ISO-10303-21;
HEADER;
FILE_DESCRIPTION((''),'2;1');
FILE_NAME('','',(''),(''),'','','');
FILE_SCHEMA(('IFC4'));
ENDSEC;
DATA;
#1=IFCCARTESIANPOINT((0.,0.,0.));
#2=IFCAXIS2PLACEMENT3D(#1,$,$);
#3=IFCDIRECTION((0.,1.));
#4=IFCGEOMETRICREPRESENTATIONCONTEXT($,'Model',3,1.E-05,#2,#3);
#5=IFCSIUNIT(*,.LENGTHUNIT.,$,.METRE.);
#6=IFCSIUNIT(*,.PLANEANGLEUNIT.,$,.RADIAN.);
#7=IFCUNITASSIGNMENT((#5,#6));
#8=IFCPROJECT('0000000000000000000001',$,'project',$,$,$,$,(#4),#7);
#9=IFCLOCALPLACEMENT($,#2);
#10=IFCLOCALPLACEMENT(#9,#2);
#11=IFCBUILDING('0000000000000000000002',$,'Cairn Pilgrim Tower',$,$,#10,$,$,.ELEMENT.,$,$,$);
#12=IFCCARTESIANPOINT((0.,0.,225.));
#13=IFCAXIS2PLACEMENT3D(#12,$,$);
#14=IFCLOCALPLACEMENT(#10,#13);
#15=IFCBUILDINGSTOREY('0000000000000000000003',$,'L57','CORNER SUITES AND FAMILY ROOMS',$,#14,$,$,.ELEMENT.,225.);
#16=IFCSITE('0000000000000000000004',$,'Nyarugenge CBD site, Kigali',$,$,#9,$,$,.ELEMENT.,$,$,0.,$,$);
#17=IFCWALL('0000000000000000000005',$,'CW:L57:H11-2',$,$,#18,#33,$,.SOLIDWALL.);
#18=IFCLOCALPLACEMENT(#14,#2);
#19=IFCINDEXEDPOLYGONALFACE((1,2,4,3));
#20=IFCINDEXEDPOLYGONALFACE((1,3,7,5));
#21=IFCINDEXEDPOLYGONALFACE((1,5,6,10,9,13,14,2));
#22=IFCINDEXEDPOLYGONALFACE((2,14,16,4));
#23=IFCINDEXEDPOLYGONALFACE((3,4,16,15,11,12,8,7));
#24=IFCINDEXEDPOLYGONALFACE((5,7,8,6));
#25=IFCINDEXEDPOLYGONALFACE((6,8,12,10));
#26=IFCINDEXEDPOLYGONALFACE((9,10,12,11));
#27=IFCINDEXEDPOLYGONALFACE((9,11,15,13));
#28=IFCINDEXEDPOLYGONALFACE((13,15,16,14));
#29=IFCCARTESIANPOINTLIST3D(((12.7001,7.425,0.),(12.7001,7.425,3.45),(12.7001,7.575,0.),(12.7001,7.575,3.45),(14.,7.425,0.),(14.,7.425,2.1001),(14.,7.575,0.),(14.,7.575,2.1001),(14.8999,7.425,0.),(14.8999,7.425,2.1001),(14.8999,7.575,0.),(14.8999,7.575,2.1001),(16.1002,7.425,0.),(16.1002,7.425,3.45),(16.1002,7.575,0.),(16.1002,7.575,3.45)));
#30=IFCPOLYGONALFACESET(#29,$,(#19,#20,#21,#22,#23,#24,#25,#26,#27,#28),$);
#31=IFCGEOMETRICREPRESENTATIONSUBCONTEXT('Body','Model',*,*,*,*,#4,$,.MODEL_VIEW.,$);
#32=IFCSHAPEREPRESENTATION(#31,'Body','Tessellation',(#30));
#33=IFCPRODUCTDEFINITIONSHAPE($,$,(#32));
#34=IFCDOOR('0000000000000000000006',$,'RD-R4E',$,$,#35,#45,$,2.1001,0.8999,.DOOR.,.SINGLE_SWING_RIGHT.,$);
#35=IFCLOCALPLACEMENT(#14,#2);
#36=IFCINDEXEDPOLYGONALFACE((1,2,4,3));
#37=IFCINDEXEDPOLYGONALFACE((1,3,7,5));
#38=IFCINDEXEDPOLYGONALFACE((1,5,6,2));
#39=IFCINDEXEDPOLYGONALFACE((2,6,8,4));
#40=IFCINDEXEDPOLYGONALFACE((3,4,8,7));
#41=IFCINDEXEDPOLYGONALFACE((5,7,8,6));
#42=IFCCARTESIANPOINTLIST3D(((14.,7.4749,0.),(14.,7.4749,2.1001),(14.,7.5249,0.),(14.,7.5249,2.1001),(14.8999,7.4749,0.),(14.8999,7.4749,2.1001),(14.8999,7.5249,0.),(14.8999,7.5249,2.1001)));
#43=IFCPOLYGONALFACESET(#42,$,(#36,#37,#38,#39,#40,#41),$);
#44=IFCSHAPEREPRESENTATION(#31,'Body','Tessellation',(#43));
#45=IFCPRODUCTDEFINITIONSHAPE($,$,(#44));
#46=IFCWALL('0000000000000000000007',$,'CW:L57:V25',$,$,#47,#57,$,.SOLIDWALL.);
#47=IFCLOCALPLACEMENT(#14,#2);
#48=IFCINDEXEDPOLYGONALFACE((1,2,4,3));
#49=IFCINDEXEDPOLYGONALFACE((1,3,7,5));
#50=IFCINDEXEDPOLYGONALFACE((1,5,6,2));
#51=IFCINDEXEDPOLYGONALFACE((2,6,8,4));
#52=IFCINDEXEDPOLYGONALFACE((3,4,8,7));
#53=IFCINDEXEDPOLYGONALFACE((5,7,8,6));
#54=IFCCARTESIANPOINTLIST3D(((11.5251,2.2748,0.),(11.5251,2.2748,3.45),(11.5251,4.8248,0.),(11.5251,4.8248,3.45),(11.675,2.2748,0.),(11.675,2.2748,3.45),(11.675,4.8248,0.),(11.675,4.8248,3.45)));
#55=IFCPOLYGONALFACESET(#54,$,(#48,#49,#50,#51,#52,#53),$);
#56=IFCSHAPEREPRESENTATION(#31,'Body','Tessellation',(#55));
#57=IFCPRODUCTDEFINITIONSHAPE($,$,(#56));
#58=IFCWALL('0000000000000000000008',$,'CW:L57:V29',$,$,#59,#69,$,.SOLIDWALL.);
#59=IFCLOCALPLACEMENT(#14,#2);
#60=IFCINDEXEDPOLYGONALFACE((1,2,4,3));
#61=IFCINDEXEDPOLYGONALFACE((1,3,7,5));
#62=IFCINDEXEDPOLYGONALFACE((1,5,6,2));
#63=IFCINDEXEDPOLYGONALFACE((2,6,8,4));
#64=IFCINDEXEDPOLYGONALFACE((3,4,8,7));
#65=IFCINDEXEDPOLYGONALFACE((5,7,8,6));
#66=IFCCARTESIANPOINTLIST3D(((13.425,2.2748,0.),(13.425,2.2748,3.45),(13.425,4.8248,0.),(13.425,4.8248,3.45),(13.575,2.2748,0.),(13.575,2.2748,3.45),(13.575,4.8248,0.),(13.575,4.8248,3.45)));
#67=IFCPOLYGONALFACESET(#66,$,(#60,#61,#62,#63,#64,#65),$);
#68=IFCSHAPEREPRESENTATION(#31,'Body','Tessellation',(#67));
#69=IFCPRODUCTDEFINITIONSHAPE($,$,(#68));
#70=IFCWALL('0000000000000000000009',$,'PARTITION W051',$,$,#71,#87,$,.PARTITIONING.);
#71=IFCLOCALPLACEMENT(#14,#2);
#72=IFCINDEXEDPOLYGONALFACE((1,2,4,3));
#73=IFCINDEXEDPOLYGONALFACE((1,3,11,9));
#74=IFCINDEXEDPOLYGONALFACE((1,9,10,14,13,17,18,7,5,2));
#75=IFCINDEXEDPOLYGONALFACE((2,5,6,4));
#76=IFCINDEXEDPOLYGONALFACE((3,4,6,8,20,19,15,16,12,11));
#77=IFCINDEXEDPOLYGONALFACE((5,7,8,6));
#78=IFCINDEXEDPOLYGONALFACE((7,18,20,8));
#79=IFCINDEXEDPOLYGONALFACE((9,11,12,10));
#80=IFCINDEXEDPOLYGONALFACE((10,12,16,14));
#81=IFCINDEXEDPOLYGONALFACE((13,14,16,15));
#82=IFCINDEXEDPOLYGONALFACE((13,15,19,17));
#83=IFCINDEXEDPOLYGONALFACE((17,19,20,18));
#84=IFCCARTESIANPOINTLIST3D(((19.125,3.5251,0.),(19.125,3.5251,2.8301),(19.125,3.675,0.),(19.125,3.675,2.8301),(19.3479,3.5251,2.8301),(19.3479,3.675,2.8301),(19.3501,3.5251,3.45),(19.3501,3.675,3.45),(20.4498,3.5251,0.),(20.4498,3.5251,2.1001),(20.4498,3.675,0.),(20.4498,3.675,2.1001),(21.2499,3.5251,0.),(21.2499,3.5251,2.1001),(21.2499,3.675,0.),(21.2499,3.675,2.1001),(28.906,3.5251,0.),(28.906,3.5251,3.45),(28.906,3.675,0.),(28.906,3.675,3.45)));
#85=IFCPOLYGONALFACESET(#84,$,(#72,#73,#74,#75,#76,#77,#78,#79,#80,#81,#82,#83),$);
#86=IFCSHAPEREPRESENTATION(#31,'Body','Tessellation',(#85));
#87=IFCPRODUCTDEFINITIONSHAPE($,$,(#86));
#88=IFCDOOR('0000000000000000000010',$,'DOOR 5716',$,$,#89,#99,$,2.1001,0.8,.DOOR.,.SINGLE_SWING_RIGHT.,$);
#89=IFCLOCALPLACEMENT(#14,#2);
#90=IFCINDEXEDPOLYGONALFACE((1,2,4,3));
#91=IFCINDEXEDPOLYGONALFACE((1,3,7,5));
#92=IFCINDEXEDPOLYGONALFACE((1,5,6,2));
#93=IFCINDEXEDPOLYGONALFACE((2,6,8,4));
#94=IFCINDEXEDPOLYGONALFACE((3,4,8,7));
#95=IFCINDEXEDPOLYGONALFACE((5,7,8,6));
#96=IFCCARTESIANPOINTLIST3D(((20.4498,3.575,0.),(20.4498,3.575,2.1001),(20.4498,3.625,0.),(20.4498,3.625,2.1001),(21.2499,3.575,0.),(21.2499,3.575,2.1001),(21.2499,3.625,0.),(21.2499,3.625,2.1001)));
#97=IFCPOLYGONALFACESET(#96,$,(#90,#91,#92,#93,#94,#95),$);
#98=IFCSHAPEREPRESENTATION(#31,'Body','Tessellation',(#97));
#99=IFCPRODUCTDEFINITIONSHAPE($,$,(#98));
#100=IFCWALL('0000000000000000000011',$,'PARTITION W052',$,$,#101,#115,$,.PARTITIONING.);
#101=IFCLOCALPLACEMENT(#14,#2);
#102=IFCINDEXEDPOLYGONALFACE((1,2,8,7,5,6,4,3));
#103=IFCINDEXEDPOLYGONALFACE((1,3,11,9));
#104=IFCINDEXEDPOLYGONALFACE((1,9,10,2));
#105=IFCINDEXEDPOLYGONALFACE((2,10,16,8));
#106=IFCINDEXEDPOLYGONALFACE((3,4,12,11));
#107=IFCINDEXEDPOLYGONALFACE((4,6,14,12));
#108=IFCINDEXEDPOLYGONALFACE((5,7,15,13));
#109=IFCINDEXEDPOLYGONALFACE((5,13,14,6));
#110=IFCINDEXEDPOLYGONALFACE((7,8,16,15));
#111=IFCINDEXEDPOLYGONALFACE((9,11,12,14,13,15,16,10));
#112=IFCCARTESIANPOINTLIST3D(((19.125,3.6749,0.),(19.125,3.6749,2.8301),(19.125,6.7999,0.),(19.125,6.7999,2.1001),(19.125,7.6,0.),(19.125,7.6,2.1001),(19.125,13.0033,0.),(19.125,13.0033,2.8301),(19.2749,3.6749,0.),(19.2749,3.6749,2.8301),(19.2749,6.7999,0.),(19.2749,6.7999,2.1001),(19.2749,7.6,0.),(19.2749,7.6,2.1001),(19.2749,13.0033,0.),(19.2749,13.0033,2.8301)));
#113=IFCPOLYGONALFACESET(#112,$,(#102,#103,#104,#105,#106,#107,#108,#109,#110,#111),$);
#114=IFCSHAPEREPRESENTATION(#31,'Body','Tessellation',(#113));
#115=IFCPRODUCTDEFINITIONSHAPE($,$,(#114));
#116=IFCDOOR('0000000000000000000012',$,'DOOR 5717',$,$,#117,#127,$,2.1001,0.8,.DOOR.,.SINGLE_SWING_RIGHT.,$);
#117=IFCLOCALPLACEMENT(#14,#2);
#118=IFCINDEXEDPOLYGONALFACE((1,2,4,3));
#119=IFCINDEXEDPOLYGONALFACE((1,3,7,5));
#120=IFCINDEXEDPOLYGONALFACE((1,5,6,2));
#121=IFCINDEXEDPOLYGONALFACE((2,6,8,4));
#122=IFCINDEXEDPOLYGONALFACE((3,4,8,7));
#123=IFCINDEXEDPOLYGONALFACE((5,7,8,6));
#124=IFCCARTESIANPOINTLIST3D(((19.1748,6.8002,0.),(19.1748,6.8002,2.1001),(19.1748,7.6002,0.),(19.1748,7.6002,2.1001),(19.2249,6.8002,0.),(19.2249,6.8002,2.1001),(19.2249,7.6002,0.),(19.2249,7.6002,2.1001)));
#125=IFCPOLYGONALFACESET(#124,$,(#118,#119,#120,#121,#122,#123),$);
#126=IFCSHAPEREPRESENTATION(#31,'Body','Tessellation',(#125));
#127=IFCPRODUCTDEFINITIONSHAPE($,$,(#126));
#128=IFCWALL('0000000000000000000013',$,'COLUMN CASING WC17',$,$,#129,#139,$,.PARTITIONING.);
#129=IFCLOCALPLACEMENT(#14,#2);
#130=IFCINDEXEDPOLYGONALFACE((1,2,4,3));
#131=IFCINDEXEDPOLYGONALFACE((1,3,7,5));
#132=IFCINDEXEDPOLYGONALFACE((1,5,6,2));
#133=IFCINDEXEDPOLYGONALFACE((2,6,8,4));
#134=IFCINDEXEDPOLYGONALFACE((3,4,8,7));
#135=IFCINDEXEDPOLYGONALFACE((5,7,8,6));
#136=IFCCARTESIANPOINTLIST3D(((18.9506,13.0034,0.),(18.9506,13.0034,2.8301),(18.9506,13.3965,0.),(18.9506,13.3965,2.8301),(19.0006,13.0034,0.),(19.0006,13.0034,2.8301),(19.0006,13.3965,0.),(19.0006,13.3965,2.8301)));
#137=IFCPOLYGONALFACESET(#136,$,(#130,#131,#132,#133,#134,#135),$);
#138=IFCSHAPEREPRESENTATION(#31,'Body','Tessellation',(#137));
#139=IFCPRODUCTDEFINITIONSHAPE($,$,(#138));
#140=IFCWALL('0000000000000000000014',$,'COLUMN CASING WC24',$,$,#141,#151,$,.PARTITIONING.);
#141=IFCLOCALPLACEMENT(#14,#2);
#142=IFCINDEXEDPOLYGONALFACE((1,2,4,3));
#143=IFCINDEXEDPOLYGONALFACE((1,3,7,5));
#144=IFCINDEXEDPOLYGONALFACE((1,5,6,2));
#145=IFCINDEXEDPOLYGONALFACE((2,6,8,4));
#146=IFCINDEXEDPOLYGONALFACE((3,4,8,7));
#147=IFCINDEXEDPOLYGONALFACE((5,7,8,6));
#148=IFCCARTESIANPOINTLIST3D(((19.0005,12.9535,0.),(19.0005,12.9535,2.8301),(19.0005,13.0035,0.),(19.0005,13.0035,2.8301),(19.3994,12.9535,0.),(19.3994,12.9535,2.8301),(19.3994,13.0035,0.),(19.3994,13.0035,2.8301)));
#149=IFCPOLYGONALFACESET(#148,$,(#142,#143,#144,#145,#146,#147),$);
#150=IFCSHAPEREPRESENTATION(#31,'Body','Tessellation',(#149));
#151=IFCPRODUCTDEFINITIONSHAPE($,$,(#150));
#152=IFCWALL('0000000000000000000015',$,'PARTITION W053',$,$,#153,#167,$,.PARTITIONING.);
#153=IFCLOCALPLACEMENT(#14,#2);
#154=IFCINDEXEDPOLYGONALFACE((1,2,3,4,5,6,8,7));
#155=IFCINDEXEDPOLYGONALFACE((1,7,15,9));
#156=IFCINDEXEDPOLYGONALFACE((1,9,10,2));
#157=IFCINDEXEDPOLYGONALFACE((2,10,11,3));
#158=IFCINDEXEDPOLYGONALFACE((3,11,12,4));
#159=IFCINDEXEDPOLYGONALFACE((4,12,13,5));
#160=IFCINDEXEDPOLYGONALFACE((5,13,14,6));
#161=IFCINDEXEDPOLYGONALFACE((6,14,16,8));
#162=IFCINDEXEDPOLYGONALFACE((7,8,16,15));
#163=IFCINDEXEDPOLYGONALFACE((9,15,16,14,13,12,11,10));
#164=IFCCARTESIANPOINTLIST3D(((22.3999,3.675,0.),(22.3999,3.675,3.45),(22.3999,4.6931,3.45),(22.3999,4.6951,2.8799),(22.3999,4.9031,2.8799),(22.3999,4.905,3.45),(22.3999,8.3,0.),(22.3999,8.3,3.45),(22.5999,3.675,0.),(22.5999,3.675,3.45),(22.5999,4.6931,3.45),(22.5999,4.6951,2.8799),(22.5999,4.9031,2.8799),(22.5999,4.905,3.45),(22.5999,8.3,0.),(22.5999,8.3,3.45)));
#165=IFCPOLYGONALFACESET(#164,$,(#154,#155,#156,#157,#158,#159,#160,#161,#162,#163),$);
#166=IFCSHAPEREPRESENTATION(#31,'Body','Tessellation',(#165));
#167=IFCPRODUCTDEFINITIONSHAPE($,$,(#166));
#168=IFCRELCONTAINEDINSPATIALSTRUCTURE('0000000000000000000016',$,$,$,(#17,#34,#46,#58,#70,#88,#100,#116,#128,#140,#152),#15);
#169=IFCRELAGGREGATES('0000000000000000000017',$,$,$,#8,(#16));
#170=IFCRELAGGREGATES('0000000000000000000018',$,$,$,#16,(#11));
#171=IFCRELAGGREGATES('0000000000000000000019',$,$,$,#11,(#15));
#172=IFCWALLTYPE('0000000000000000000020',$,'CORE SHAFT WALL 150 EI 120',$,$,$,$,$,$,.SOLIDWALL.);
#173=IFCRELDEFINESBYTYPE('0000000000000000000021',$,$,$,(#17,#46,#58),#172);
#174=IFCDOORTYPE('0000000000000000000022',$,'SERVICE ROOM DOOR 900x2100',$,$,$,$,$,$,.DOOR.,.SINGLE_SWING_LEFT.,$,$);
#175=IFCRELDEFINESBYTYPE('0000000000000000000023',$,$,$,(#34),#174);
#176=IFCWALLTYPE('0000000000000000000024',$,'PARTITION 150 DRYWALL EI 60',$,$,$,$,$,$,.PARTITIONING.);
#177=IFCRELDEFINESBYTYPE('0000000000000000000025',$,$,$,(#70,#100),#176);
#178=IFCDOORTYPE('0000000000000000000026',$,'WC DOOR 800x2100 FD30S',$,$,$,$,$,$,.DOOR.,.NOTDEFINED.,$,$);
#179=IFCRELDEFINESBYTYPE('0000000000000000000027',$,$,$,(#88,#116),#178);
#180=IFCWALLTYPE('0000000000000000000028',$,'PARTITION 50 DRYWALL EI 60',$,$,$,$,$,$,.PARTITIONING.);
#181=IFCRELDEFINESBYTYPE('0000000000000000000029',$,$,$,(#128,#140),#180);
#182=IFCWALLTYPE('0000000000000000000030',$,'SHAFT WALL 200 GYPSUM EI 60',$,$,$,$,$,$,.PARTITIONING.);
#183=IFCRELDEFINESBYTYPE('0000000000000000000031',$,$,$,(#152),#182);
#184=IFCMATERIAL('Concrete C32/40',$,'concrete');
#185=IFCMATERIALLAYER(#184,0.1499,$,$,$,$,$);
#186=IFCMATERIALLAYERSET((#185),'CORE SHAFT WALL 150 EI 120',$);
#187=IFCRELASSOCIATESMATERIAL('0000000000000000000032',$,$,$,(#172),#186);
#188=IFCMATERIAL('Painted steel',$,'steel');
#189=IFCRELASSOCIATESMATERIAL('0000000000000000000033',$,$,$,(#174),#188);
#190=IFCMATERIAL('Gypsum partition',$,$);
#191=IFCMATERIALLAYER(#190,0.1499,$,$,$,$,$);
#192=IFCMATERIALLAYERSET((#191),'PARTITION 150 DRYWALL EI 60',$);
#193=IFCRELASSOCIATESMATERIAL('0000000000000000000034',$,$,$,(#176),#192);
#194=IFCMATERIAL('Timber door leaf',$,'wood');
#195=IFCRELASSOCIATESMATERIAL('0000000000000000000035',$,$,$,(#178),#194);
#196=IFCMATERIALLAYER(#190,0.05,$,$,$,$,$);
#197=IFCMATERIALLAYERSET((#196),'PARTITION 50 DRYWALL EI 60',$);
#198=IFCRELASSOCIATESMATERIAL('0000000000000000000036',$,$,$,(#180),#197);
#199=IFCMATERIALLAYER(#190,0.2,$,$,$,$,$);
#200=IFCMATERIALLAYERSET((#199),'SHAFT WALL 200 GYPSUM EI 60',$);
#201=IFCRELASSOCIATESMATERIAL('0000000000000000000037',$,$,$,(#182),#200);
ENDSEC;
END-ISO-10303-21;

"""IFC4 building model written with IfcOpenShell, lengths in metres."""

from ifc_helpers import new_model, si_unit, direction, frame, frame_2d, origin, place, context, subcontext, project, spatial, polyline, rectangle, outline, extrude, material, layer, layer_set, type_object, element, fill, save


model = new_model("IFC4")

# Units and contexts
model_context = context("Model", 3, precision=1e-05, world=origin(), true_north=direction((0.0, 1.0)))
body_context = subcontext(model_context, "Body", "Model", "MODEL_VIEW")
ifc_project = project(units=[si_unit("LENGTHUNIT", "METRE"), si_unit("PLANEANGLEUNIT", "RADIAN")], contexts=[model_context])

# Site, building, storey
site_placement = place(None, origin())
site = spatial("IfcSite", under=ifc_project, at=site_placement, Name="Nyarugenge CBD site, Kigali", CompositionType="ELEMENT", RefElevation=0.0)
building_placement = place(site_placement, origin())
building = spatial("IfcBuilding", under=site, at=building_placement, Name="Cairn Pilgrim Tower", CompositionType="ELEMENT")
storey_placement = place(building_placement, frame((0.0, 0.0, 225.0)))
storey = spatial("IfcBuildingStorey", under=building, at=storey_placement, Name="L57", Description="CORNER SUITES AND FAMILY ROOMS", CompositionType="ELEMENT", Elevation=225.0)

# Shared definitions
ifc_material_1 = material(Name="Concrete C32/40", Category="concrete")

# Wall, opening, door
ifc_layer_1 = layer(ifc_material_1, 0.1499)
ifc_layer_set_1 = layer_set([ifc_layer_1], Name="CORE SHAFT WALL 150 EI 120")
wall_type_1 = type_object("IfcWallType", Name="CORE SHAFT WALL 150 EI 120", PredefinedType="SOLIDWALL", material=ifc_layer_set_1)
wall_1_placement = place(storey_placement, frame((12.7, 7.5, 0.0), z_axis=(0.0, 0.0, 1.0), x_axis=(1.0, 0.0, 0.0)))
wall_1 = element("IfcWall", 1, at=wall_1_placement, inside=storey, type_object=wall_type_1, Name="CW:L57:H11-2", PredefinedType="SOLIDWALL", context=body_context, shape_type="SweptSolid", body=[
    extrude(rectangle(XDim=3.4001, YDim=0.1499, at=frame_2d((1.7002, 0.0))), origin(), (0.0, 0.0, 1.0), 3.45),
])
opening_1_placement = place(wall_1_placement, frame((1.3, 0.0, 0.0)))
opening_1 = element("IfcOpeningElement", 2, at=opening_1_placement, cuts=wall_1, PredefinedType="OPENING", context=body_context, shape_type="SweptSolid", body=[
    extrude(rectangle(XDim=0.8999, YDim=2.1001, at=frame_2d((0.45, 1.05))), frame((0.0, 0.085, 0.0), z_axis=(0.0, -1.0, 0.0), x_axis=(1.0, 0.0, 0.0)), (0.0, 0.0, 1.0), 0.1699),
])
ifc_material_2 = material(Name="Painted steel", Category="steel")
door_type_1 = type_object("IfcDoorType", Name="SERVICE ROOM DOOR 900x2100", OperationType="SINGLE_SWING_LEFT", PredefinedType="DOOR", material=ifc_material_2)
door_1_placement = place(opening_1_placement, origin())
door_1 = element("IfcDoor", 3, at=door_1_placement, inside=storey, type_object=door_type_1, Name="RD-R4E", OperationType="SINGLE_SWING_RIGHT", OverallHeight=2.1001, OverallWidth=0.8999, PredefinedType="DOOR", context=body_context, shape_type="SweptSolid", body=[
    extrude(rectangle(XDim=0.8999, YDim=2.1001, at=frame_2d((0.45, 1.05))), frame((0.0, 0.0249, 0.0), z_axis=(0.0, -1.0, 0.0), x_axis=(1.0, 0.0, 0.0)), (0.0, 0.0, 1.0), 0.05),
])
fill(opening_1, door_1)

# Walls
for number, where, z_axis, x_axis, name in (
    (4, (11.6001, 2.2749, 0.0), (0.0, 0.0, 1.0), (0.0, 1.0, 0.0), "CW:L57:V25"),
    (5, (13.5, 2.2749, 0.0), (0.0, 0.0, 1.0), (0.0, 1.0, 0.0), "CW:L57:V29"),
):
    element("IfcWall", number, at=place(storey_placement, frame(where, z_axis=z_axis, x_axis=x_axis)), inside=storey, type_object=wall_type_1, Name=name, PredefinedType="SOLIDWALL", context=body_context, shape_type="SweptSolid", body=[
        extrude(rectangle(XDim=2.55, YDim=0.1499, at=frame_2d((1.2749, 0.0))), origin(), (0.0, 0.0, 1.0), 3.45),
    ])

# Walls, openings, doors
ifc_material_3 = material(Name="Gypsum partition")
ifc_layer_2 = layer(ifc_material_3, 0.1499)
ifc_layer_set_2 = layer_set([ifc_layer_2], Name="PARTITION 150 DRYWALL EI 60")
wall_type_2 = type_object("IfcWallType", Name="PARTITION 150 DRYWALL EI 60", PredefinedType="PARTITIONING", material=ifc_layer_set_2)
wall_2_placement = place(storey_placement, frame((19.125, 3.6001, 0.0), z_axis=(0.0, 0.0, 1.0), x_axis=(1.0, 0.0, 0.0)))
wall_2 = element("IfcWall", 6, at=wall_2_placement, inside=storey, type_object=wall_type_2, Name="PARTITION W051", PredefinedType="PARTITIONING", context=body_context, shape_type="SweptSolid", body=[
    extrude(outline(polyline([(0.0, 0.0), (9.781, 0.0), (9.781, 3.45), (0.2251, 3.45), (0.2229, 2.8301), (0.0, 2.8301), (0.0, 0.0)])), frame((0.0, 0.075, 0.0), z_axis=(0.0, -1.0, 0.0), x_axis=(1.0, 0.0, 0.0)), (0.0, 0.0, 1.0), 0.1499),
])
opening_2_placement = place(wall_2_placement, frame((1.325, 0.0, 0.0)))
opening_2 = element("IfcOpeningElement", 7, at=opening_2_placement, cuts=wall_2, PredefinedType="OPENING", context=body_context, shape_type="SweptSolid", body=[
    extrude(rectangle(XDim=0.8, YDim=2.1001, at=frame_2d((0.3999, 1.05))), frame((0.0, 0.085, 0.0), z_axis=(0.0, -1.0, 0.0), x_axis=(1.0, 0.0, 0.0)), (0.0, 0.0, 1.0), 0.1699),
])
ifc_material_4 = material(Name="Timber door leaf", Category="wood")
door_type_2 = type_object("IfcDoorType", Name="WC DOOR 800x2100 FD30S", OperationType="NOTDEFINED", PredefinedType="DOOR", material=ifc_material_4)
door_2_placement = place(opening_2_placement, origin())
door_2 = element("IfcDoor", 8, at=door_2_placement, inside=storey, type_object=door_type_2, Name="DOOR 5716", OperationType="SINGLE_SWING_RIGHT", OverallHeight=2.1001, OverallWidth=0.8, PredefinedType="DOOR", context=body_context, shape_type="SweptSolid", body=[
    extrude(rectangle(XDim=0.8, YDim=2.1001, at=frame_2d((0.3999, 1.05))), frame((0.0, 0.0249, 0.0), z_axis=(0.0, -1.0, 0.0), x_axis=(1.0, 0.0, 0.0)), (0.0, 0.0, 1.0), 0.05),
])
fill(opening_2, door_2)
wall_3_placement = place(storey_placement, frame((19.2, 3.675, 0.0), z_axis=(0.0, 0.0, 1.0), x_axis=(0.0, 1.0, 0.0)))
wall_3 = element("IfcWall", 9, at=wall_3_placement, inside=storey, type_object=wall_type_2, Name="PARTITION W052", PredefinedType="PARTITIONING", context=body_context, shape_type="SweptSolid", body=[
    extrude(rectangle(XDim=9.3284, YDim=0.1499, at=frame_2d((4.6641, 0.0))), origin(), (0.0, 0.0, 1.0), 2.8301),
])
opening_3_placement = place(wall_3_placement, frame((3.125, 0.0, 0.0)))
opening_3 = element("IfcOpeningElement", 10, at=opening_3_placement, cuts=wall_3, PredefinedType="OPENING", context=body_context, shape_type="SweptSolid", body=[
    extrude(rectangle(XDim=0.8, YDim=2.1001, at=frame_2d((0.3999, 1.05))), frame((0.0, 0.085, 0.0), z_axis=(0.0, -1.0, 0.0), x_axis=(1.0, 0.0, 0.0)), (0.0, 0.0, 1.0), 0.1699),
])
door_3_placement = place(opening_3_placement, frame((0.8, 0.0, 0.0), z_axis=(0.0, 0.0, 1.0), x_axis=(-1.0, 0.0, 0.0)))
door_3 = element("IfcDoor", 11, at=door_3_placement, inside=storey, type_object=door_type_2, Name="DOOR 5717", OperationType="SINGLE_SWING_RIGHT", OverallHeight=2.1001, OverallWidth=0.8, PredefinedType="DOOR", context=body_context, shape_type="SweptSolid", body=[
    extrude(rectangle(XDim=0.8, YDim=2.1001, at=frame_2d((0.3999, 1.05))), frame((0.0, 0.0249, 0.0), z_axis=(0.0, -1.0, 0.0), x_axis=(1.0, 0.0, 0.0)), (0.0, 0.0, 1.0), 0.05),
])
fill(opening_3, door_3)

# Walls
ifc_layer_3 = layer(ifc_material_3, 0.05)
ifc_layer_set_3 = layer_set([ifc_layer_3], Name="PARTITION 50 DRYWALL EI 60")
wall_type_3 = type_object("IfcWallType", Name="PARTITION 50 DRYWALL EI 60", PredefinedType="PARTITIONING", material=ifc_layer_set_3)
wall_4_placement = place(storey_placement, frame((18.9756, 13.0034, 0.0), z_axis=(0.0, 0.0, 1.0), x_axis=(0.0, 1.0, 0.0)))
element("IfcWall", 12, at=wall_4_placement, inside=storey, type_object=wall_type_3, Name="COLUMN CASING WC17", PredefinedType="PARTITIONING", context=body_context, shape_type="SweptSolid", body=[
    extrude(rectangle(XDim=0.3931, YDim=0.05, at=frame_2d((0.1965, 0.0))), origin(), (0.0, 0.0, 1.0), 2.8301),
])
wall_5_placement = place(storey_placement, frame((19.0005, 12.9785, 0.0), z_axis=(0.0, 0.0, 1.0), x_axis=(1.0, 0.0, 0.0)))
element("IfcWall", 13, at=wall_5_placement, inside=storey, type_object=wall_type_3, Name="COLUMN CASING WC24", PredefinedType="PARTITIONING", context=body_context, shape_type="SweptSolid", body=[
    extrude(rectangle(XDim=0.3989, YDim=0.05, at=frame_2d((0.1995, 0.0))), origin(), (0.0, 0.0, 1.0), 2.8301),
])
ifc_layer_4 = layer(ifc_material_3, 0.2)
ifc_layer_set_4 = layer_set([ifc_layer_4], Name="SHAFT WALL 200 GYPSUM EI 60")
wall_type_4 = type_object("IfcWallType", Name="SHAFT WALL 200 GYPSUM EI 60", PredefinedType="PARTITIONING", material=ifc_layer_set_4)
wall_6_placement = place(storey_placement, frame((22.5, 3.675, 0.0), z_axis=(0.0, 0.0, 1.0), x_axis=(0.0, 1.0, 0.0)))
element("IfcWall", 14, at=wall_6_placement, inside=storey, type_object=wall_type_4, Name="PARTITION W053", PredefinedType="PARTITIONING", context=body_context, shape_type="SweptSolid", body=[
    extrude(outline(polyline([(0.0, 0.0), (4.625, 0.0), (4.625, 3.45), (1.23, 3.45), (1.228, 2.8799), (1.02, 2.8799), (1.0181, 3.45), (0.0, 3.45), (0.0, 0.0)])), frame((0.0, 0.1001, 0.0), z_axis=(0.0, -1.0, 0.0), x_axis=(1.0, 0.0, 0.0)), (0.0, 0.0, 1.0), 0.2),
])

save(model, "model.ifc")
